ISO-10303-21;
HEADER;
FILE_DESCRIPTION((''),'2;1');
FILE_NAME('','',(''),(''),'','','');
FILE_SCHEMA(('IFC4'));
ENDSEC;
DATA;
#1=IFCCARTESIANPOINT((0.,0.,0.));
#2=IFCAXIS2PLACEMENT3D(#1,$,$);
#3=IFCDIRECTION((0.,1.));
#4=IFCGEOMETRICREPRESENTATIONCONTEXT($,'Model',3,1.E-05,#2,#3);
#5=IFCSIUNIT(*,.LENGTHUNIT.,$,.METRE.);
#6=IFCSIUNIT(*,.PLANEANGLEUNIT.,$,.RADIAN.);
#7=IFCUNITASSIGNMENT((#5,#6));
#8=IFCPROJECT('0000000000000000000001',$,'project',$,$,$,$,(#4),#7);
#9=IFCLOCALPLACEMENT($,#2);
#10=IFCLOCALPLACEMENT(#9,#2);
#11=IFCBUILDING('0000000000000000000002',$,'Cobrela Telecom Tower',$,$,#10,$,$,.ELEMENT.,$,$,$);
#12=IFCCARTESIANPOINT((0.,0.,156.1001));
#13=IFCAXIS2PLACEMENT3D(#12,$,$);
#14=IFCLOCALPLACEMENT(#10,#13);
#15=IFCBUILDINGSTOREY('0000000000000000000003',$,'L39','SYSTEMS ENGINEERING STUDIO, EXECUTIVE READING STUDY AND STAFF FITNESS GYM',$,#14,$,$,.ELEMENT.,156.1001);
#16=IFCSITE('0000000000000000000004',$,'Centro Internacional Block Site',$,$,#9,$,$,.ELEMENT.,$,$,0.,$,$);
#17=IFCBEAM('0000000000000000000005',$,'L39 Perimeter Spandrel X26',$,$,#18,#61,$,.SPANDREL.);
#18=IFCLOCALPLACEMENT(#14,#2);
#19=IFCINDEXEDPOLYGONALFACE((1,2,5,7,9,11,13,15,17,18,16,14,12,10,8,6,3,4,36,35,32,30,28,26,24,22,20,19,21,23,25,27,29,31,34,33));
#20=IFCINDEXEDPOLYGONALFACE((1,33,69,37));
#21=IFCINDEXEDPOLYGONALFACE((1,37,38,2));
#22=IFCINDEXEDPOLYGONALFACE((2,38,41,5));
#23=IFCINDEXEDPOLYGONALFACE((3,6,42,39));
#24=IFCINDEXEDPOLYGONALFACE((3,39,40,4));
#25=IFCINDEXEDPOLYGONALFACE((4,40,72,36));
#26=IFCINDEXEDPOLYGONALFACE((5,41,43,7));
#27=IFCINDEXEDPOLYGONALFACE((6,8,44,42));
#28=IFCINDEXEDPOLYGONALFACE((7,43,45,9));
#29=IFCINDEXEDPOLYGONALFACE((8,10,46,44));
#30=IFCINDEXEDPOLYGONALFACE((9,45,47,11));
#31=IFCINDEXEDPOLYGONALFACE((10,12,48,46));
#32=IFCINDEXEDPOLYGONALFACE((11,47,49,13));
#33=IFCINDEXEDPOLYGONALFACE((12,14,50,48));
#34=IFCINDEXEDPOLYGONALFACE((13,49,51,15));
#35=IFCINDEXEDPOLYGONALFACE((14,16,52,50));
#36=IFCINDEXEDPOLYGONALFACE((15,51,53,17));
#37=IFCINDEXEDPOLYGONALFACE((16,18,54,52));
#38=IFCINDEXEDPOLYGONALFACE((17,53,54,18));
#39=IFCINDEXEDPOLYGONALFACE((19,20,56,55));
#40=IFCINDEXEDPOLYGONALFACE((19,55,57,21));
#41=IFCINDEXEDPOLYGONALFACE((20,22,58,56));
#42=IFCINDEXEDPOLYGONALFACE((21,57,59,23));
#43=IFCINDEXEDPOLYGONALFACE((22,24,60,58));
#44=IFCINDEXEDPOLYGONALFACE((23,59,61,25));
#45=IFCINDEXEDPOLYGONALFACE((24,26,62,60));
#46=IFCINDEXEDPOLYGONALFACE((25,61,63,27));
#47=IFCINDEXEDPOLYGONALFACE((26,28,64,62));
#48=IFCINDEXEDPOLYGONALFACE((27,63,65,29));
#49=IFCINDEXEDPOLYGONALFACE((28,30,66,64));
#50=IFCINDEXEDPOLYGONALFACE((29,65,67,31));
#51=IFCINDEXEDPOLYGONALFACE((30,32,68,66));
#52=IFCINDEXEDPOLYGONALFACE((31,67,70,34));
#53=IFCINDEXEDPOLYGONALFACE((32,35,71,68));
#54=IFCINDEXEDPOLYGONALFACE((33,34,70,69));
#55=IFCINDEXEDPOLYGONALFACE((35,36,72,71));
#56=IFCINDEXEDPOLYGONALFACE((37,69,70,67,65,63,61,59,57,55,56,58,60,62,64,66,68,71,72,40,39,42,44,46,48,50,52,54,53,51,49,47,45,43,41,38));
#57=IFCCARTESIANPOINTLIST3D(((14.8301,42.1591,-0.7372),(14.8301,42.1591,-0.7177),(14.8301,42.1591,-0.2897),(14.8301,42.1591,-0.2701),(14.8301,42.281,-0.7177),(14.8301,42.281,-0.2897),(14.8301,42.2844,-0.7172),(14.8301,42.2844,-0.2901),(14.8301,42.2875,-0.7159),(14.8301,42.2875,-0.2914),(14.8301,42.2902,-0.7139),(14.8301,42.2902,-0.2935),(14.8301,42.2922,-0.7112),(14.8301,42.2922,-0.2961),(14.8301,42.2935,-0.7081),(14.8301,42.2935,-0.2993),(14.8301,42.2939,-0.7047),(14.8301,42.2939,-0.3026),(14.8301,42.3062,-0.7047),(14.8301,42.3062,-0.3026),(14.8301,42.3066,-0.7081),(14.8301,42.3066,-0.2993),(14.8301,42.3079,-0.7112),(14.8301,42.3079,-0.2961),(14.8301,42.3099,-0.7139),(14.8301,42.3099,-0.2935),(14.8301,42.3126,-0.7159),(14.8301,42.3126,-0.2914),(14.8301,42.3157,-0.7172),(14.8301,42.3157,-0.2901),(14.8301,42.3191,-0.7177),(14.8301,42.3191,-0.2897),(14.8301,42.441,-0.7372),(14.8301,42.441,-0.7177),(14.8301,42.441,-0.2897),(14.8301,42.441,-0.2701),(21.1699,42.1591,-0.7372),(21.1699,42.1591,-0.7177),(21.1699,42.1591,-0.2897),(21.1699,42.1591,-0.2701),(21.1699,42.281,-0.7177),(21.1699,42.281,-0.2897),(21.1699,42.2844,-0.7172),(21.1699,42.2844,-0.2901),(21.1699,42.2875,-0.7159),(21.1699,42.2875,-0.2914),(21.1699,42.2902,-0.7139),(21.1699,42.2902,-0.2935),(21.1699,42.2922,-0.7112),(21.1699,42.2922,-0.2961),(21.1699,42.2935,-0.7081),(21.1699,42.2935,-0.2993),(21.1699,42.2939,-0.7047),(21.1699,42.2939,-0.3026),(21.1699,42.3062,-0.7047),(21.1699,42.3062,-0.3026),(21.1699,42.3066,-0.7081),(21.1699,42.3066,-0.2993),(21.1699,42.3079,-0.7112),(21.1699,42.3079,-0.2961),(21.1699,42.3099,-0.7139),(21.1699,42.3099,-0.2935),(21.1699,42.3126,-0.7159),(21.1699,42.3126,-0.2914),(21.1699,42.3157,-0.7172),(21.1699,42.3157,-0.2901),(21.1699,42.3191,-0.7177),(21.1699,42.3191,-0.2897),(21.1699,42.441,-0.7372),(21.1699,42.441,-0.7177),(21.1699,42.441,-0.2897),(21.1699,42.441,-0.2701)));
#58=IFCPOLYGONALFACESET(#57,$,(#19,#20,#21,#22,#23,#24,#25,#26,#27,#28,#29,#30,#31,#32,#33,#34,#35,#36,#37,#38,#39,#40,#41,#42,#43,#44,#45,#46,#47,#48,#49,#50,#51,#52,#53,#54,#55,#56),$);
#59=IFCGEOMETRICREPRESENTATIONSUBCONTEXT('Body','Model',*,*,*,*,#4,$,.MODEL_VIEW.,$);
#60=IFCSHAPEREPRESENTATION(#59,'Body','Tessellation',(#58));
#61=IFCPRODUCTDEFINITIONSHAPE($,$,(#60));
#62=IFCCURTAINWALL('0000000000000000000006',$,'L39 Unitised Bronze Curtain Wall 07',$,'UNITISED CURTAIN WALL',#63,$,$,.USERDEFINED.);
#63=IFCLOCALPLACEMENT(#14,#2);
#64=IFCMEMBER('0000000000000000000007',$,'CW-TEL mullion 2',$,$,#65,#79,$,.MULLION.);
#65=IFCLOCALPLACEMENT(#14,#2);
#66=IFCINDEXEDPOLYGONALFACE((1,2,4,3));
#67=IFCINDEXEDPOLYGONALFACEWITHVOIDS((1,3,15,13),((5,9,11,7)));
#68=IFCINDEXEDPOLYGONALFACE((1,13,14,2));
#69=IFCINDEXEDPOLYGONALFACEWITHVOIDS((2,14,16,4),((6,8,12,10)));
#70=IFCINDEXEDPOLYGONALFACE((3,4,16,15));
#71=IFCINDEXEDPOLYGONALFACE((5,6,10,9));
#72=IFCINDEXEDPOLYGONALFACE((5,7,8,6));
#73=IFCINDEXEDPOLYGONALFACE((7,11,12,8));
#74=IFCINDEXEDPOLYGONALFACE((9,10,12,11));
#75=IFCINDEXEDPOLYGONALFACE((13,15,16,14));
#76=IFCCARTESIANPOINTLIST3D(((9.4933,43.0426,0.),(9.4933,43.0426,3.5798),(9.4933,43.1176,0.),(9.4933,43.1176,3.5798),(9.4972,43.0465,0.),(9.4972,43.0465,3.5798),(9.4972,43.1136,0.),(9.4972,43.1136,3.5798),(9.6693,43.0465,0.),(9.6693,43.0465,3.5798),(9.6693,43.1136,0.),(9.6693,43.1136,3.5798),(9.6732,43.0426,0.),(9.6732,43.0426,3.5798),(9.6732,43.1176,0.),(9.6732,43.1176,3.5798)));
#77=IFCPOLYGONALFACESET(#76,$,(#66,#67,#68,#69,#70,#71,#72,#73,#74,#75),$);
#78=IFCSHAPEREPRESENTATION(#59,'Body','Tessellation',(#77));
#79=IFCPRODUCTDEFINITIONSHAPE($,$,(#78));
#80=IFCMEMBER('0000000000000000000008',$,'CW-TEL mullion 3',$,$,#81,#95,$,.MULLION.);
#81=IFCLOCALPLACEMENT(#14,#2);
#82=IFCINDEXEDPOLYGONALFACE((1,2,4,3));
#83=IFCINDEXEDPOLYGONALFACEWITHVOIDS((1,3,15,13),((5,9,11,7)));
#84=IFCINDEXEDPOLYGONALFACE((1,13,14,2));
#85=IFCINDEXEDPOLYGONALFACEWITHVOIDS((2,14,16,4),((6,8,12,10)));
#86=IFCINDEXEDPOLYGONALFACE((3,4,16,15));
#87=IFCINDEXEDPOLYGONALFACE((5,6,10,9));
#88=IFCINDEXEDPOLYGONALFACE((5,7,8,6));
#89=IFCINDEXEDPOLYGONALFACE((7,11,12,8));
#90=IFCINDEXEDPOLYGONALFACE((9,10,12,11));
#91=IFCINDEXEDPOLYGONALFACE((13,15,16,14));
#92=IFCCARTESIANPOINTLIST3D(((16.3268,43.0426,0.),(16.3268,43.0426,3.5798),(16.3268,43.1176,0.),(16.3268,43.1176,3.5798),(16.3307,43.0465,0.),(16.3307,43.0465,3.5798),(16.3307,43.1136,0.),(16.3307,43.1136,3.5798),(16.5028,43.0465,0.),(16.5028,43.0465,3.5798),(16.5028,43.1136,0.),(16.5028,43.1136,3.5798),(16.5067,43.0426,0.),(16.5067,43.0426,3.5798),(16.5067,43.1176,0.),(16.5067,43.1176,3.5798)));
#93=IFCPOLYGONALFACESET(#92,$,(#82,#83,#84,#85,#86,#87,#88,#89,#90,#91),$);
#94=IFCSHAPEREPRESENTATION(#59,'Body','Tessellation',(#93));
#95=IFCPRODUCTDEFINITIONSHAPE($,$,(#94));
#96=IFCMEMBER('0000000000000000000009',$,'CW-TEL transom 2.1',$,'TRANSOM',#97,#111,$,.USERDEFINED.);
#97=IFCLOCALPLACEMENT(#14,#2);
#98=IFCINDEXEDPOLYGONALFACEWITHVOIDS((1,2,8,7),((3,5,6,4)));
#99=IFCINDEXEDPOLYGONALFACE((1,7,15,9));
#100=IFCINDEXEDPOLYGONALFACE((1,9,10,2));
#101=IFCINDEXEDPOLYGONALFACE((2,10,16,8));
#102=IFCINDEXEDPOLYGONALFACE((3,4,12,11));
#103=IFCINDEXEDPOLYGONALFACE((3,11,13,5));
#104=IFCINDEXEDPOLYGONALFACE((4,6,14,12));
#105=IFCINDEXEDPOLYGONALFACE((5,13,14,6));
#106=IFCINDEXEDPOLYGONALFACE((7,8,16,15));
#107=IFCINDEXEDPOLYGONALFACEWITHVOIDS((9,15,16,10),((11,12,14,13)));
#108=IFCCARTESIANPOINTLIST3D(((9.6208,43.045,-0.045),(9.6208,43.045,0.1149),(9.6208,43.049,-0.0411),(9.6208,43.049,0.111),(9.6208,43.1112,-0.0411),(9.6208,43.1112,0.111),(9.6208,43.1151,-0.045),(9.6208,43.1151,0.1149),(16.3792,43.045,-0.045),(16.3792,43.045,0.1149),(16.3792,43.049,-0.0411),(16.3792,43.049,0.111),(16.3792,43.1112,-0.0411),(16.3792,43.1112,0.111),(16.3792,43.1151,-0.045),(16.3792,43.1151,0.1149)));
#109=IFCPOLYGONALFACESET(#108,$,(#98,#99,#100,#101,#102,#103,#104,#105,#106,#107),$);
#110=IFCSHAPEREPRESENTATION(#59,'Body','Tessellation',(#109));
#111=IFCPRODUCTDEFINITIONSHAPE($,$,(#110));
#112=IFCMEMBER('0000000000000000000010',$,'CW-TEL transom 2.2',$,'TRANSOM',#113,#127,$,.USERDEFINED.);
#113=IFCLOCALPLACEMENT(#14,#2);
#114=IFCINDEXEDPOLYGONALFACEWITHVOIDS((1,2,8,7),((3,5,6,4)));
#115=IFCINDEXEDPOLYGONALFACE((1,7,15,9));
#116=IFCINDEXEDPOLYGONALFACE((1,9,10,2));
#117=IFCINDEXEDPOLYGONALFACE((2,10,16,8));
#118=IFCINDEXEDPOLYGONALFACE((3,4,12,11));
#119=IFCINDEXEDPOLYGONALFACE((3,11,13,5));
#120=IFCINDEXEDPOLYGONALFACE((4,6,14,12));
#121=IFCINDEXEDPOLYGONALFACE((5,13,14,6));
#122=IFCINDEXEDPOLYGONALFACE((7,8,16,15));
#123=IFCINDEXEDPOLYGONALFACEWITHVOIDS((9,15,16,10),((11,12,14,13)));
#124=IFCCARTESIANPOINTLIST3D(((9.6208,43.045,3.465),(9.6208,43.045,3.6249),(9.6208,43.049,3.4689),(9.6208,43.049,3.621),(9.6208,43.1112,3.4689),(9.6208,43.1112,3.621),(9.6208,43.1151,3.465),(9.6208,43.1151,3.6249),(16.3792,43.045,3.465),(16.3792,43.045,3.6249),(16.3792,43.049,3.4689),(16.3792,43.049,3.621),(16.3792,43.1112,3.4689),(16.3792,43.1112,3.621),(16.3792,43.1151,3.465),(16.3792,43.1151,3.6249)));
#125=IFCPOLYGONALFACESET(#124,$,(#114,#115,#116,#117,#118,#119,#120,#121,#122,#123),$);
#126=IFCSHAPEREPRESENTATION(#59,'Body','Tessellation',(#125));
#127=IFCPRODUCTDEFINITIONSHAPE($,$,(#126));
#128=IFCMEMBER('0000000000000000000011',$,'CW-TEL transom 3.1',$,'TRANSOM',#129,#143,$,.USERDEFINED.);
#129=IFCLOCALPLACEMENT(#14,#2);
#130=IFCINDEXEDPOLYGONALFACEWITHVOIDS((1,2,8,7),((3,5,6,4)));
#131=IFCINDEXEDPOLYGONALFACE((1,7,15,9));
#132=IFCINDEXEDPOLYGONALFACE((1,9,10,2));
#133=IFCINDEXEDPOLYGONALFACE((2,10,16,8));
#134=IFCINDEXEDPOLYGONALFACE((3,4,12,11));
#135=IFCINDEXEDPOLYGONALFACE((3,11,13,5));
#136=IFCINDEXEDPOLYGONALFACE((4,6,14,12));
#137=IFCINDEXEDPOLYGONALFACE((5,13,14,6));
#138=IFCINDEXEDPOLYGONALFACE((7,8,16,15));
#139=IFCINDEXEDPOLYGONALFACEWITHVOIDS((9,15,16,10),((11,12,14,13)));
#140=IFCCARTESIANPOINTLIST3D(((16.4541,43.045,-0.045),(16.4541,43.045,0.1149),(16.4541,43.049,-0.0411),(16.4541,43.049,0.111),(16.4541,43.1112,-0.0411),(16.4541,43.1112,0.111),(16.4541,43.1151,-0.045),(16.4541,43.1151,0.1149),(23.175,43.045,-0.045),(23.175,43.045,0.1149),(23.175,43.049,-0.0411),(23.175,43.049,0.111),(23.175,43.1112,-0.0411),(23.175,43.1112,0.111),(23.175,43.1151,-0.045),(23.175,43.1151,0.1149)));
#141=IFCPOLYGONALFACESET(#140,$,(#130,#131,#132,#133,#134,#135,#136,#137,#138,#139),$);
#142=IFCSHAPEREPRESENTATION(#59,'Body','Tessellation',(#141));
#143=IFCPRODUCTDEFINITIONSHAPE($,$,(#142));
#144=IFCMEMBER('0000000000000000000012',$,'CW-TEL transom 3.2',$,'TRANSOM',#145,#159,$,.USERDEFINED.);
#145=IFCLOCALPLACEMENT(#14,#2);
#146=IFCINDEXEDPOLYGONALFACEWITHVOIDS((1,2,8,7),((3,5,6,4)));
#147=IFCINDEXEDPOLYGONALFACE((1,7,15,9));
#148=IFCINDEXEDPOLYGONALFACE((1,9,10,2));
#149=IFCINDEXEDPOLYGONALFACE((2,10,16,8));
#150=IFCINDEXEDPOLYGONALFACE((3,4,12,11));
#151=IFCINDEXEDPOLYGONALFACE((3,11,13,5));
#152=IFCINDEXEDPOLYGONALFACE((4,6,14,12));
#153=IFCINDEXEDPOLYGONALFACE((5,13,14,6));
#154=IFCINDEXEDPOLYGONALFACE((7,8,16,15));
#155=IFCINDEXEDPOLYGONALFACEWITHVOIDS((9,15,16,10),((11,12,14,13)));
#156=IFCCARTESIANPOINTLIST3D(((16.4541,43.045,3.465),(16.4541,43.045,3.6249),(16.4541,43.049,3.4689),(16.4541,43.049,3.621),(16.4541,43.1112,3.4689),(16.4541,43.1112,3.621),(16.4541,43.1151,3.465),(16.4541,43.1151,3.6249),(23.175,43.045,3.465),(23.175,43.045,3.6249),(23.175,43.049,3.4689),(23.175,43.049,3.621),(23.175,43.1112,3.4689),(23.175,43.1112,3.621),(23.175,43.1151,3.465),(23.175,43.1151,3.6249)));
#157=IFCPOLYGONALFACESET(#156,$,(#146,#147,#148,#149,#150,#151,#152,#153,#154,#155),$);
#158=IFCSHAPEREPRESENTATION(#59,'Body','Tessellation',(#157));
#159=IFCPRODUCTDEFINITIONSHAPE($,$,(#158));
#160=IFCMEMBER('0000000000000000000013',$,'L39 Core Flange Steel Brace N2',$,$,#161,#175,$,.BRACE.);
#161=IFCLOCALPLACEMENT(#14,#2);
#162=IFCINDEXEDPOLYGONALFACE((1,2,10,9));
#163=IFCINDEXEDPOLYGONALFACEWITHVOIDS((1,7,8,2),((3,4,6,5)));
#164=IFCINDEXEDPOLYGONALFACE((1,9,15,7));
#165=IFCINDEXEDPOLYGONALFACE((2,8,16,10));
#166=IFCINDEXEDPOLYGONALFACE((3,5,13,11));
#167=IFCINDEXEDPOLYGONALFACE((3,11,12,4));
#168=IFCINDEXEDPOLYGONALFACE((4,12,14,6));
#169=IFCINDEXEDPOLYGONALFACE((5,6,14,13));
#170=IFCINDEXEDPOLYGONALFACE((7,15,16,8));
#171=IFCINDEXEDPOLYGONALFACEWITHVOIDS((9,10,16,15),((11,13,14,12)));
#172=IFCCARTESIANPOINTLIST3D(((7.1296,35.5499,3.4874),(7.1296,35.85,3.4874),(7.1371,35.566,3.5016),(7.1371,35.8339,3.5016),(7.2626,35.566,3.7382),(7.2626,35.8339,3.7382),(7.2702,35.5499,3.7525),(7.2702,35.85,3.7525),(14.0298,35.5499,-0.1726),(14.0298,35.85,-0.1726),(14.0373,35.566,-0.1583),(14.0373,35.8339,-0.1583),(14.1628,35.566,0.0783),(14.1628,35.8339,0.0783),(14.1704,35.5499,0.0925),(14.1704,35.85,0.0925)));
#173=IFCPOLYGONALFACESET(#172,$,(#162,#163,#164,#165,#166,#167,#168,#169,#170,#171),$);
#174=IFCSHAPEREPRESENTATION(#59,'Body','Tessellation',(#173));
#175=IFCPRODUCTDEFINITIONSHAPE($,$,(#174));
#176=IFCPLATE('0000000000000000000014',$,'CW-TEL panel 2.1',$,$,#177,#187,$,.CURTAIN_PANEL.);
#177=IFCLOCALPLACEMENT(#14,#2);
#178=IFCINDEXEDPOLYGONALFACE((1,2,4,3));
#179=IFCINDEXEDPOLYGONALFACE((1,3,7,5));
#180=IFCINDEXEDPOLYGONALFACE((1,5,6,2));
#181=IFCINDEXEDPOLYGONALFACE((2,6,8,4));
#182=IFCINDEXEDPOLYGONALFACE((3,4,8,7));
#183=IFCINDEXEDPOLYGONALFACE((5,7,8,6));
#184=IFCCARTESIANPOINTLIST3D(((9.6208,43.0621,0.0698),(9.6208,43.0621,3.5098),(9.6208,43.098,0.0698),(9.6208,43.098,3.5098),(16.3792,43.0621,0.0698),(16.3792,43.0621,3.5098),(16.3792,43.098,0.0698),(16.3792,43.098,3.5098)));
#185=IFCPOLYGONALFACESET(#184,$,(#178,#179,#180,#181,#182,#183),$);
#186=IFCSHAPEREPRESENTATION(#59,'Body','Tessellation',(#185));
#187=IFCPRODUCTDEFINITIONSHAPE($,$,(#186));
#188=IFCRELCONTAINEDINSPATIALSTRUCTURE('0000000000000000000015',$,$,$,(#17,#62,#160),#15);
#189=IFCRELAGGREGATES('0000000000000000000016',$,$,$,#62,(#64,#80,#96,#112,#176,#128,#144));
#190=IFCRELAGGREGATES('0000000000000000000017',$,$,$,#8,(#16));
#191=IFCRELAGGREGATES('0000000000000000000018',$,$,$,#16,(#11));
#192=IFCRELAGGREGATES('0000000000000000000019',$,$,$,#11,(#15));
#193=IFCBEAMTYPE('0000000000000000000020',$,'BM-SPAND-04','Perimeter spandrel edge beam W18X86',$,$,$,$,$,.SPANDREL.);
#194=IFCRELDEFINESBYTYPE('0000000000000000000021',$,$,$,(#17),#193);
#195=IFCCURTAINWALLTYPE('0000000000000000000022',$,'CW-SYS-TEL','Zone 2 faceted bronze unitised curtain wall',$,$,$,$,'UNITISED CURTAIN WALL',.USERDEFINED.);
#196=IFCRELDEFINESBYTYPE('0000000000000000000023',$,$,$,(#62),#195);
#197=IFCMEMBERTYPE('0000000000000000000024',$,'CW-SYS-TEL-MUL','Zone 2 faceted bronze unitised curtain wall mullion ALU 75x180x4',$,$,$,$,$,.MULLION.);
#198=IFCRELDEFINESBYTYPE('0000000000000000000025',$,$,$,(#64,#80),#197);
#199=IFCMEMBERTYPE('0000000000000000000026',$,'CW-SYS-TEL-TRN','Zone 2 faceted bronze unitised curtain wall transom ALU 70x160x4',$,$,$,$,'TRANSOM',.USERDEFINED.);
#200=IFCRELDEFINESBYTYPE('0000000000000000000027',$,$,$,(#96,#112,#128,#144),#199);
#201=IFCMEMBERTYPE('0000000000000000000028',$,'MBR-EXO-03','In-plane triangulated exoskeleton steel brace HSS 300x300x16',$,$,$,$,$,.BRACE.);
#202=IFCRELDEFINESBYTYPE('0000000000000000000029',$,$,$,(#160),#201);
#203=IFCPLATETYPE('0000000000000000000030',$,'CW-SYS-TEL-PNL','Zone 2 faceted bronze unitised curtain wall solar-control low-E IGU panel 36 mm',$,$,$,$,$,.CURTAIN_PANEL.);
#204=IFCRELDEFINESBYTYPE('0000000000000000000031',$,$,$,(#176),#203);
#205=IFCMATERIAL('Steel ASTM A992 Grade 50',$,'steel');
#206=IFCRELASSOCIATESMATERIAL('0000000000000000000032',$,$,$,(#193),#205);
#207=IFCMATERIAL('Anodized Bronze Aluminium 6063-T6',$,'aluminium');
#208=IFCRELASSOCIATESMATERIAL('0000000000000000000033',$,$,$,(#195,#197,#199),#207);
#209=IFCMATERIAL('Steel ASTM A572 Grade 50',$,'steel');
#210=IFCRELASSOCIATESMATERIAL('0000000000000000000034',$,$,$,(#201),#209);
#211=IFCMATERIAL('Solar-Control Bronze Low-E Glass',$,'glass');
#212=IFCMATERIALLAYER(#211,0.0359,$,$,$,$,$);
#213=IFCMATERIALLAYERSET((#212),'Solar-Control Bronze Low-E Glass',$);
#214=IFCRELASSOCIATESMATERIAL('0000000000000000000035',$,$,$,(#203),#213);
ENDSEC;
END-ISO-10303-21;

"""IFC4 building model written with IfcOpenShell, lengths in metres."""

from ifc_helpers import new_model, si_unit, direction, frame, origin, origin_2d, place, context, subcontext, project, spatial, rectangle, hollow_rectangle, i_section, extrude, material, layer, layer_set, material_profile, profile_set, type_object, element, aggregate, save


model = new_model("IFC4")

# Units and contexts
model_context = context("Model", 3, precision=1e-05, world=origin(), true_north=direction((0.0, 1.0)))
body_context = subcontext(model_context, "Body", "Model", "MODEL_VIEW")
ifc_project = project(units=[si_unit("LENGTHUNIT", "METRE"), si_unit("PLANEANGLEUNIT", "RADIAN")], contexts=[model_context])

# Site, building, storey
site_placement = place(None, origin())
site = spatial("IfcSite", under=ifc_project, at=site_placement, Name="Centro Internacional Block Site", CompositionType="ELEMENT", RefElevation=0.0)
building_placement = place(site_placement, origin())
building = spatial("IfcBuilding", under=site, at=building_placement, Name="Cobrela Telecom Tower", CompositionType="ELEMENT")
storey_placement = place(building_placement, frame((0.0, 0.0, 156.1001)))
storey = spatial("IfcBuildingStorey", under=building, at=storey_placement, Name="L39", Description="SYSTEMS ENGINEERING STUDIO, EXECUTIVE READING STUDY AND STAFF FITNESS GYM", CompositionType="ELEMENT", Elevation=156.1001)

# Shared definitions
ifc_material_1 = material(Name="Steel ASTM A572 Grade 50", Category="steel")

# Beam
ifc_material_2 = material(Name="Steel ASTM A992 Grade 50", Category="steel")
ifc_material_profile_1 = material_profile(ifc_material_2, i_section(OverallWidth=0.282, OverallDepth=0.467, WebThickness=0.0122, FlangeThickness=0.0195, FilletRadius=0.0129, at=origin_2d()), Name="W18X86")
ifc_profile_set_1 = profile_set([ifc_material_profile_1], Name="Steel ASTM A992 Grade 50")
beam_type_1 = type_object("IfcBeamType", Name="BM-SPAND-04", Description="Perimeter spandrel edge beam W18X86", PredefinedType="SPANDREL", material=ifc_profile_set_1)
beam_1_placement = place(storey_placement, frame((14.8301, 42.3, -0.5037), z_axis=(1.0, 0.0, 0.0), x_axis=(0.0, 1.0, 0.0)))
element("IfcBeam", 1, at=beam_1_placement, inside=storey, type_object=beam_type_1, Name="L39 Perimeter Spandrel X26", PredefinedType="SPANDREL", context=body_context, shape_type="SweptSolid", body=[
    extrude(i_section(OverallWidth=0.282, OverallDepth=0.467, WebThickness=0.0122, FlangeThickness=0.0195, FilletRadius=0.0129, at=origin_2d()), origin(), (0.0, 0.0, 1.0), 6.3398),
])

# Curtain wall, members
ifc_material_3 = material(Name="Anodized Bronze Aluminium 6063-T6", Category="aluminium")
curtain_wall_type = type_object("IfcCurtainWallType", Name="CW-SYS-TEL", Description="Zone 2 faceted bronze unitised curtain wall", ElementType="UNITISED CURTAIN WALL", PredefinedType="USERDEFINED", material=ifc_material_3)
curtain_wall_placement = place(storey_placement, origin())
curtain_wall = element("IfcCurtainWall", 2, at=curtain_wall_placement, inside=storey, type_object=curtain_wall_type, Name="L39 Unitised Bronze Curtain Wall 07", ObjectType="UNITISED CURTAIN WALL", PredefinedType="USERDEFINED")
ifc_material_profile_2 = material_profile(ifc_material_3, hollow_rectangle(XDim=0.075, YDim=0.1799, WallThickness=0.0039, at=origin_2d()), Name="ALU 75x180x4")
ifc_profile_set_2 = profile_set([ifc_material_profile_2], Name="Anodized Bronze Aluminium 6063-T6")
member_type_1 = type_object("IfcMemberType", Name="CW-SYS-TEL-MUL", Description="Zone 2 faceted bronze unitised curtain wall mullion ALU 75x180x4", PredefinedType="MULLION", material=ifc_profile_set_2)
member_1_placement = place(storey_placement, frame((9.5833, 43.0801, 0.0), z_axis=(0.0, 0.0, 1.0), x_axis=(0.0, 1.0, 0.0)))
member_1 = element("IfcMember", 3, at=member_1_placement, type_object=member_type_1, Name="CW-TEL mullion 2", PredefinedType="MULLION", context=body_context, shape_type="SweptSolid", body=[
    extrude(hollow_rectangle(XDim=0.075, YDim=0.1799, WallThickness=0.0039, at=origin_2d()), origin(), (0.0, 0.0, 1.0), 3.5798),
])
member_2_placement = place(storey_placement, frame((16.4167, 43.0801, 0.0), z_axis=(0.0, 0.0, 1.0), x_axis=(0.0, 1.0, 0.0)))
member_2 = element("IfcMember", 4, at=member_2_placement, type_object=member_type_1, Name="CW-TEL mullion 3", PredefinedType="MULLION", context=body_context, shape_type="SweptSolid", body=[
    extrude(hollow_rectangle(XDim=0.075, YDim=0.1799, WallThickness=0.0039, at=origin_2d()), origin(), (0.0, 0.0, 1.0), 3.5798),
])
ifc_material_profile_3 = material_profile(ifc_material_3, hollow_rectangle(XDim=0.0701, YDim=0.1599, WallThickness=0.0039, at=origin_2d()), Name="ALU 70x160x4")
ifc_profile_set_3 = profile_set([ifc_material_profile_3], Name="Anodized Bronze Aluminium 6063-T6")
member_type_2 = type_object("IfcMemberType", Name="CW-SYS-TEL-TRN", Description="Zone 2 faceted bronze unitised curtain wall transom ALU 70x160x4", ElementType="TRANSOM", PredefinedType="USERDEFINED", material=ifc_profile_set_3)
member_3_placement = place(storey_placement, frame((9.6208, 43.0801, 0.0349), z_axis=(1.0, 0.0, 0.0), x_axis=(0.0, 1.0, 0.0)))
member_3 = element("IfcMember", 5, at=member_3_placement, type_object=member_type_2, Name="CW-TEL transom 2.1", ObjectType="TRANSOM", PredefinedType="USERDEFINED", context=body_context, shape_type="SweptSolid", body=[
    extrude(hollow_rectangle(XDim=0.0701, YDim=0.1599, WallThickness=0.0039, at=origin_2d()), origin(), (0.0, 0.0, 1.0), 6.7583),
])
member_4_placement = place(storey_placement, frame((9.6208, 43.0801, 3.5449), z_axis=(1.0, 0.0, 0.0), x_axis=(0.0, 1.0, 0.0)))
member_4 = element("IfcMember", 6, at=member_4_placement, type_object=member_type_2, Name="CW-TEL transom 2.2", ObjectType="TRANSOM", PredefinedType="USERDEFINED", context=body_context, shape_type="SweptSolid", body=[
    extrude(hollow_rectangle(XDim=0.0701, YDim=0.1599, WallThickness=0.0039, at=origin_2d()), origin(), (0.0, 0.0, 1.0), 6.7583),
])
member_5_placement = place(storey_placement, frame((16.4541, 43.0801, 0.0349), z_axis=(1.0, 0.0, 0.0), x_axis=(0.0, 1.0, 0.0)))
member_5 = element("IfcMember", 7, at=member_5_placement, type_object=member_type_2, Name="CW-TEL transom 3.1", ObjectType="TRANSOM", PredefinedType="USERDEFINED", context=body_context, shape_type="SweptSolid", body=[
    extrude(hollow_rectangle(XDim=0.0701, YDim=0.1599, WallThickness=0.0039, at=origin_2d()), origin(), (0.0, 0.0, 1.0), 6.7209),
])
member_6_placement = place(storey_placement, frame((16.4541, 43.0801, 3.5449), z_axis=(1.0, 0.0, 0.0), x_axis=(0.0, 1.0, 0.0)))
member_6 = element("IfcMember", 8, at=member_6_placement, type_object=member_type_2, Name="CW-TEL transom 3.2", ObjectType="TRANSOM", PredefinedType="USERDEFINED", context=body_context, shape_type="SweptSolid", body=[
    extrude(hollow_rectangle(XDim=0.0701, YDim=0.1599, WallThickness=0.0039, at=origin_2d()), origin(), (0.0, 0.0, 1.0), 6.7209),
])

# Member
ifc_material_profile_4 = material_profile(ifc_material_1, hollow_rectangle(XDim=0.3, YDim=0.3, WallThickness=0.0161, at=origin_2d()), Name="HSS 300x300x16")
ifc_profile_set_4 = profile_set([ifc_material_profile_4], Name="Steel ASTM A572 Grade 50")
member_type_3 = type_object("IfcMemberType", Name="MBR-EXO-03", Description="In-plane triangulated exoskeleton steel brace HSS 300x300x16", PredefinedType="BRACE", material=ifc_profile_set_4)
member_7_placement = place(storey_placement, frame((14.1001, 35.7, -0.04), z_axis=(-0.883423, 0.0, 0.468577), x_axis=(0.0, -1.0, 0.0)))
element("IfcMember", 9, at=member_7_placement, inside=storey, type_object=member_type_3, Name="L39 Core Flange Steel Brace N2", PredefinedType="BRACE", context=body_context, shape_type="SweptSolid", body=[
    extrude(hollow_rectangle(XDim=0.3, YDim=0.3, WallThickness=0.0161, at=origin_2d()), origin(), (0.0, 0.0, 1.0), 7.8108),
])

# Plate
ifc_material_4 = material(Name="Solar-Control Bronze Low-E Glass", Category="glass")
ifc_layer_1 = layer(ifc_material_4, 0.0359)
ifc_layer_set_1 = layer_set([ifc_layer_1], Name="Solar-Control Bronze Low-E Glass")
plate_type = type_object("IfcPlateType", Name="CW-SYS-TEL-PNL", Description="Zone 2 faceted bronze unitised curtain wall solar-control low-E IGU panel 36 mm", PredefinedType="CURTAIN_PANEL", material=ifc_layer_set_1)
plate_placement = place(storey_placement, frame((13.0, 43.0801, 0.0698), z_axis=(0.0, 0.0, 1.0), x_axis=(1.0, 0.0, 0.0)))
plate = element("IfcPlate", 10, at=plate_placement, type_object=plate_type, Name="CW-TEL panel 2.1", PredefinedType="CURTAIN_PANEL", context=body_context, shape_type="SweptSolid", body=[
    extrude(rectangle(XDim=6.7583, YDim=0.0359, at=origin_2d()), origin(), (0.0, 0.0, 1.0), 3.4399),
])
aggregate(curtain_wall, [member_1, member_2, member_3, member_4, plate, member_5, member_6])

save(model, "model.ifc")
